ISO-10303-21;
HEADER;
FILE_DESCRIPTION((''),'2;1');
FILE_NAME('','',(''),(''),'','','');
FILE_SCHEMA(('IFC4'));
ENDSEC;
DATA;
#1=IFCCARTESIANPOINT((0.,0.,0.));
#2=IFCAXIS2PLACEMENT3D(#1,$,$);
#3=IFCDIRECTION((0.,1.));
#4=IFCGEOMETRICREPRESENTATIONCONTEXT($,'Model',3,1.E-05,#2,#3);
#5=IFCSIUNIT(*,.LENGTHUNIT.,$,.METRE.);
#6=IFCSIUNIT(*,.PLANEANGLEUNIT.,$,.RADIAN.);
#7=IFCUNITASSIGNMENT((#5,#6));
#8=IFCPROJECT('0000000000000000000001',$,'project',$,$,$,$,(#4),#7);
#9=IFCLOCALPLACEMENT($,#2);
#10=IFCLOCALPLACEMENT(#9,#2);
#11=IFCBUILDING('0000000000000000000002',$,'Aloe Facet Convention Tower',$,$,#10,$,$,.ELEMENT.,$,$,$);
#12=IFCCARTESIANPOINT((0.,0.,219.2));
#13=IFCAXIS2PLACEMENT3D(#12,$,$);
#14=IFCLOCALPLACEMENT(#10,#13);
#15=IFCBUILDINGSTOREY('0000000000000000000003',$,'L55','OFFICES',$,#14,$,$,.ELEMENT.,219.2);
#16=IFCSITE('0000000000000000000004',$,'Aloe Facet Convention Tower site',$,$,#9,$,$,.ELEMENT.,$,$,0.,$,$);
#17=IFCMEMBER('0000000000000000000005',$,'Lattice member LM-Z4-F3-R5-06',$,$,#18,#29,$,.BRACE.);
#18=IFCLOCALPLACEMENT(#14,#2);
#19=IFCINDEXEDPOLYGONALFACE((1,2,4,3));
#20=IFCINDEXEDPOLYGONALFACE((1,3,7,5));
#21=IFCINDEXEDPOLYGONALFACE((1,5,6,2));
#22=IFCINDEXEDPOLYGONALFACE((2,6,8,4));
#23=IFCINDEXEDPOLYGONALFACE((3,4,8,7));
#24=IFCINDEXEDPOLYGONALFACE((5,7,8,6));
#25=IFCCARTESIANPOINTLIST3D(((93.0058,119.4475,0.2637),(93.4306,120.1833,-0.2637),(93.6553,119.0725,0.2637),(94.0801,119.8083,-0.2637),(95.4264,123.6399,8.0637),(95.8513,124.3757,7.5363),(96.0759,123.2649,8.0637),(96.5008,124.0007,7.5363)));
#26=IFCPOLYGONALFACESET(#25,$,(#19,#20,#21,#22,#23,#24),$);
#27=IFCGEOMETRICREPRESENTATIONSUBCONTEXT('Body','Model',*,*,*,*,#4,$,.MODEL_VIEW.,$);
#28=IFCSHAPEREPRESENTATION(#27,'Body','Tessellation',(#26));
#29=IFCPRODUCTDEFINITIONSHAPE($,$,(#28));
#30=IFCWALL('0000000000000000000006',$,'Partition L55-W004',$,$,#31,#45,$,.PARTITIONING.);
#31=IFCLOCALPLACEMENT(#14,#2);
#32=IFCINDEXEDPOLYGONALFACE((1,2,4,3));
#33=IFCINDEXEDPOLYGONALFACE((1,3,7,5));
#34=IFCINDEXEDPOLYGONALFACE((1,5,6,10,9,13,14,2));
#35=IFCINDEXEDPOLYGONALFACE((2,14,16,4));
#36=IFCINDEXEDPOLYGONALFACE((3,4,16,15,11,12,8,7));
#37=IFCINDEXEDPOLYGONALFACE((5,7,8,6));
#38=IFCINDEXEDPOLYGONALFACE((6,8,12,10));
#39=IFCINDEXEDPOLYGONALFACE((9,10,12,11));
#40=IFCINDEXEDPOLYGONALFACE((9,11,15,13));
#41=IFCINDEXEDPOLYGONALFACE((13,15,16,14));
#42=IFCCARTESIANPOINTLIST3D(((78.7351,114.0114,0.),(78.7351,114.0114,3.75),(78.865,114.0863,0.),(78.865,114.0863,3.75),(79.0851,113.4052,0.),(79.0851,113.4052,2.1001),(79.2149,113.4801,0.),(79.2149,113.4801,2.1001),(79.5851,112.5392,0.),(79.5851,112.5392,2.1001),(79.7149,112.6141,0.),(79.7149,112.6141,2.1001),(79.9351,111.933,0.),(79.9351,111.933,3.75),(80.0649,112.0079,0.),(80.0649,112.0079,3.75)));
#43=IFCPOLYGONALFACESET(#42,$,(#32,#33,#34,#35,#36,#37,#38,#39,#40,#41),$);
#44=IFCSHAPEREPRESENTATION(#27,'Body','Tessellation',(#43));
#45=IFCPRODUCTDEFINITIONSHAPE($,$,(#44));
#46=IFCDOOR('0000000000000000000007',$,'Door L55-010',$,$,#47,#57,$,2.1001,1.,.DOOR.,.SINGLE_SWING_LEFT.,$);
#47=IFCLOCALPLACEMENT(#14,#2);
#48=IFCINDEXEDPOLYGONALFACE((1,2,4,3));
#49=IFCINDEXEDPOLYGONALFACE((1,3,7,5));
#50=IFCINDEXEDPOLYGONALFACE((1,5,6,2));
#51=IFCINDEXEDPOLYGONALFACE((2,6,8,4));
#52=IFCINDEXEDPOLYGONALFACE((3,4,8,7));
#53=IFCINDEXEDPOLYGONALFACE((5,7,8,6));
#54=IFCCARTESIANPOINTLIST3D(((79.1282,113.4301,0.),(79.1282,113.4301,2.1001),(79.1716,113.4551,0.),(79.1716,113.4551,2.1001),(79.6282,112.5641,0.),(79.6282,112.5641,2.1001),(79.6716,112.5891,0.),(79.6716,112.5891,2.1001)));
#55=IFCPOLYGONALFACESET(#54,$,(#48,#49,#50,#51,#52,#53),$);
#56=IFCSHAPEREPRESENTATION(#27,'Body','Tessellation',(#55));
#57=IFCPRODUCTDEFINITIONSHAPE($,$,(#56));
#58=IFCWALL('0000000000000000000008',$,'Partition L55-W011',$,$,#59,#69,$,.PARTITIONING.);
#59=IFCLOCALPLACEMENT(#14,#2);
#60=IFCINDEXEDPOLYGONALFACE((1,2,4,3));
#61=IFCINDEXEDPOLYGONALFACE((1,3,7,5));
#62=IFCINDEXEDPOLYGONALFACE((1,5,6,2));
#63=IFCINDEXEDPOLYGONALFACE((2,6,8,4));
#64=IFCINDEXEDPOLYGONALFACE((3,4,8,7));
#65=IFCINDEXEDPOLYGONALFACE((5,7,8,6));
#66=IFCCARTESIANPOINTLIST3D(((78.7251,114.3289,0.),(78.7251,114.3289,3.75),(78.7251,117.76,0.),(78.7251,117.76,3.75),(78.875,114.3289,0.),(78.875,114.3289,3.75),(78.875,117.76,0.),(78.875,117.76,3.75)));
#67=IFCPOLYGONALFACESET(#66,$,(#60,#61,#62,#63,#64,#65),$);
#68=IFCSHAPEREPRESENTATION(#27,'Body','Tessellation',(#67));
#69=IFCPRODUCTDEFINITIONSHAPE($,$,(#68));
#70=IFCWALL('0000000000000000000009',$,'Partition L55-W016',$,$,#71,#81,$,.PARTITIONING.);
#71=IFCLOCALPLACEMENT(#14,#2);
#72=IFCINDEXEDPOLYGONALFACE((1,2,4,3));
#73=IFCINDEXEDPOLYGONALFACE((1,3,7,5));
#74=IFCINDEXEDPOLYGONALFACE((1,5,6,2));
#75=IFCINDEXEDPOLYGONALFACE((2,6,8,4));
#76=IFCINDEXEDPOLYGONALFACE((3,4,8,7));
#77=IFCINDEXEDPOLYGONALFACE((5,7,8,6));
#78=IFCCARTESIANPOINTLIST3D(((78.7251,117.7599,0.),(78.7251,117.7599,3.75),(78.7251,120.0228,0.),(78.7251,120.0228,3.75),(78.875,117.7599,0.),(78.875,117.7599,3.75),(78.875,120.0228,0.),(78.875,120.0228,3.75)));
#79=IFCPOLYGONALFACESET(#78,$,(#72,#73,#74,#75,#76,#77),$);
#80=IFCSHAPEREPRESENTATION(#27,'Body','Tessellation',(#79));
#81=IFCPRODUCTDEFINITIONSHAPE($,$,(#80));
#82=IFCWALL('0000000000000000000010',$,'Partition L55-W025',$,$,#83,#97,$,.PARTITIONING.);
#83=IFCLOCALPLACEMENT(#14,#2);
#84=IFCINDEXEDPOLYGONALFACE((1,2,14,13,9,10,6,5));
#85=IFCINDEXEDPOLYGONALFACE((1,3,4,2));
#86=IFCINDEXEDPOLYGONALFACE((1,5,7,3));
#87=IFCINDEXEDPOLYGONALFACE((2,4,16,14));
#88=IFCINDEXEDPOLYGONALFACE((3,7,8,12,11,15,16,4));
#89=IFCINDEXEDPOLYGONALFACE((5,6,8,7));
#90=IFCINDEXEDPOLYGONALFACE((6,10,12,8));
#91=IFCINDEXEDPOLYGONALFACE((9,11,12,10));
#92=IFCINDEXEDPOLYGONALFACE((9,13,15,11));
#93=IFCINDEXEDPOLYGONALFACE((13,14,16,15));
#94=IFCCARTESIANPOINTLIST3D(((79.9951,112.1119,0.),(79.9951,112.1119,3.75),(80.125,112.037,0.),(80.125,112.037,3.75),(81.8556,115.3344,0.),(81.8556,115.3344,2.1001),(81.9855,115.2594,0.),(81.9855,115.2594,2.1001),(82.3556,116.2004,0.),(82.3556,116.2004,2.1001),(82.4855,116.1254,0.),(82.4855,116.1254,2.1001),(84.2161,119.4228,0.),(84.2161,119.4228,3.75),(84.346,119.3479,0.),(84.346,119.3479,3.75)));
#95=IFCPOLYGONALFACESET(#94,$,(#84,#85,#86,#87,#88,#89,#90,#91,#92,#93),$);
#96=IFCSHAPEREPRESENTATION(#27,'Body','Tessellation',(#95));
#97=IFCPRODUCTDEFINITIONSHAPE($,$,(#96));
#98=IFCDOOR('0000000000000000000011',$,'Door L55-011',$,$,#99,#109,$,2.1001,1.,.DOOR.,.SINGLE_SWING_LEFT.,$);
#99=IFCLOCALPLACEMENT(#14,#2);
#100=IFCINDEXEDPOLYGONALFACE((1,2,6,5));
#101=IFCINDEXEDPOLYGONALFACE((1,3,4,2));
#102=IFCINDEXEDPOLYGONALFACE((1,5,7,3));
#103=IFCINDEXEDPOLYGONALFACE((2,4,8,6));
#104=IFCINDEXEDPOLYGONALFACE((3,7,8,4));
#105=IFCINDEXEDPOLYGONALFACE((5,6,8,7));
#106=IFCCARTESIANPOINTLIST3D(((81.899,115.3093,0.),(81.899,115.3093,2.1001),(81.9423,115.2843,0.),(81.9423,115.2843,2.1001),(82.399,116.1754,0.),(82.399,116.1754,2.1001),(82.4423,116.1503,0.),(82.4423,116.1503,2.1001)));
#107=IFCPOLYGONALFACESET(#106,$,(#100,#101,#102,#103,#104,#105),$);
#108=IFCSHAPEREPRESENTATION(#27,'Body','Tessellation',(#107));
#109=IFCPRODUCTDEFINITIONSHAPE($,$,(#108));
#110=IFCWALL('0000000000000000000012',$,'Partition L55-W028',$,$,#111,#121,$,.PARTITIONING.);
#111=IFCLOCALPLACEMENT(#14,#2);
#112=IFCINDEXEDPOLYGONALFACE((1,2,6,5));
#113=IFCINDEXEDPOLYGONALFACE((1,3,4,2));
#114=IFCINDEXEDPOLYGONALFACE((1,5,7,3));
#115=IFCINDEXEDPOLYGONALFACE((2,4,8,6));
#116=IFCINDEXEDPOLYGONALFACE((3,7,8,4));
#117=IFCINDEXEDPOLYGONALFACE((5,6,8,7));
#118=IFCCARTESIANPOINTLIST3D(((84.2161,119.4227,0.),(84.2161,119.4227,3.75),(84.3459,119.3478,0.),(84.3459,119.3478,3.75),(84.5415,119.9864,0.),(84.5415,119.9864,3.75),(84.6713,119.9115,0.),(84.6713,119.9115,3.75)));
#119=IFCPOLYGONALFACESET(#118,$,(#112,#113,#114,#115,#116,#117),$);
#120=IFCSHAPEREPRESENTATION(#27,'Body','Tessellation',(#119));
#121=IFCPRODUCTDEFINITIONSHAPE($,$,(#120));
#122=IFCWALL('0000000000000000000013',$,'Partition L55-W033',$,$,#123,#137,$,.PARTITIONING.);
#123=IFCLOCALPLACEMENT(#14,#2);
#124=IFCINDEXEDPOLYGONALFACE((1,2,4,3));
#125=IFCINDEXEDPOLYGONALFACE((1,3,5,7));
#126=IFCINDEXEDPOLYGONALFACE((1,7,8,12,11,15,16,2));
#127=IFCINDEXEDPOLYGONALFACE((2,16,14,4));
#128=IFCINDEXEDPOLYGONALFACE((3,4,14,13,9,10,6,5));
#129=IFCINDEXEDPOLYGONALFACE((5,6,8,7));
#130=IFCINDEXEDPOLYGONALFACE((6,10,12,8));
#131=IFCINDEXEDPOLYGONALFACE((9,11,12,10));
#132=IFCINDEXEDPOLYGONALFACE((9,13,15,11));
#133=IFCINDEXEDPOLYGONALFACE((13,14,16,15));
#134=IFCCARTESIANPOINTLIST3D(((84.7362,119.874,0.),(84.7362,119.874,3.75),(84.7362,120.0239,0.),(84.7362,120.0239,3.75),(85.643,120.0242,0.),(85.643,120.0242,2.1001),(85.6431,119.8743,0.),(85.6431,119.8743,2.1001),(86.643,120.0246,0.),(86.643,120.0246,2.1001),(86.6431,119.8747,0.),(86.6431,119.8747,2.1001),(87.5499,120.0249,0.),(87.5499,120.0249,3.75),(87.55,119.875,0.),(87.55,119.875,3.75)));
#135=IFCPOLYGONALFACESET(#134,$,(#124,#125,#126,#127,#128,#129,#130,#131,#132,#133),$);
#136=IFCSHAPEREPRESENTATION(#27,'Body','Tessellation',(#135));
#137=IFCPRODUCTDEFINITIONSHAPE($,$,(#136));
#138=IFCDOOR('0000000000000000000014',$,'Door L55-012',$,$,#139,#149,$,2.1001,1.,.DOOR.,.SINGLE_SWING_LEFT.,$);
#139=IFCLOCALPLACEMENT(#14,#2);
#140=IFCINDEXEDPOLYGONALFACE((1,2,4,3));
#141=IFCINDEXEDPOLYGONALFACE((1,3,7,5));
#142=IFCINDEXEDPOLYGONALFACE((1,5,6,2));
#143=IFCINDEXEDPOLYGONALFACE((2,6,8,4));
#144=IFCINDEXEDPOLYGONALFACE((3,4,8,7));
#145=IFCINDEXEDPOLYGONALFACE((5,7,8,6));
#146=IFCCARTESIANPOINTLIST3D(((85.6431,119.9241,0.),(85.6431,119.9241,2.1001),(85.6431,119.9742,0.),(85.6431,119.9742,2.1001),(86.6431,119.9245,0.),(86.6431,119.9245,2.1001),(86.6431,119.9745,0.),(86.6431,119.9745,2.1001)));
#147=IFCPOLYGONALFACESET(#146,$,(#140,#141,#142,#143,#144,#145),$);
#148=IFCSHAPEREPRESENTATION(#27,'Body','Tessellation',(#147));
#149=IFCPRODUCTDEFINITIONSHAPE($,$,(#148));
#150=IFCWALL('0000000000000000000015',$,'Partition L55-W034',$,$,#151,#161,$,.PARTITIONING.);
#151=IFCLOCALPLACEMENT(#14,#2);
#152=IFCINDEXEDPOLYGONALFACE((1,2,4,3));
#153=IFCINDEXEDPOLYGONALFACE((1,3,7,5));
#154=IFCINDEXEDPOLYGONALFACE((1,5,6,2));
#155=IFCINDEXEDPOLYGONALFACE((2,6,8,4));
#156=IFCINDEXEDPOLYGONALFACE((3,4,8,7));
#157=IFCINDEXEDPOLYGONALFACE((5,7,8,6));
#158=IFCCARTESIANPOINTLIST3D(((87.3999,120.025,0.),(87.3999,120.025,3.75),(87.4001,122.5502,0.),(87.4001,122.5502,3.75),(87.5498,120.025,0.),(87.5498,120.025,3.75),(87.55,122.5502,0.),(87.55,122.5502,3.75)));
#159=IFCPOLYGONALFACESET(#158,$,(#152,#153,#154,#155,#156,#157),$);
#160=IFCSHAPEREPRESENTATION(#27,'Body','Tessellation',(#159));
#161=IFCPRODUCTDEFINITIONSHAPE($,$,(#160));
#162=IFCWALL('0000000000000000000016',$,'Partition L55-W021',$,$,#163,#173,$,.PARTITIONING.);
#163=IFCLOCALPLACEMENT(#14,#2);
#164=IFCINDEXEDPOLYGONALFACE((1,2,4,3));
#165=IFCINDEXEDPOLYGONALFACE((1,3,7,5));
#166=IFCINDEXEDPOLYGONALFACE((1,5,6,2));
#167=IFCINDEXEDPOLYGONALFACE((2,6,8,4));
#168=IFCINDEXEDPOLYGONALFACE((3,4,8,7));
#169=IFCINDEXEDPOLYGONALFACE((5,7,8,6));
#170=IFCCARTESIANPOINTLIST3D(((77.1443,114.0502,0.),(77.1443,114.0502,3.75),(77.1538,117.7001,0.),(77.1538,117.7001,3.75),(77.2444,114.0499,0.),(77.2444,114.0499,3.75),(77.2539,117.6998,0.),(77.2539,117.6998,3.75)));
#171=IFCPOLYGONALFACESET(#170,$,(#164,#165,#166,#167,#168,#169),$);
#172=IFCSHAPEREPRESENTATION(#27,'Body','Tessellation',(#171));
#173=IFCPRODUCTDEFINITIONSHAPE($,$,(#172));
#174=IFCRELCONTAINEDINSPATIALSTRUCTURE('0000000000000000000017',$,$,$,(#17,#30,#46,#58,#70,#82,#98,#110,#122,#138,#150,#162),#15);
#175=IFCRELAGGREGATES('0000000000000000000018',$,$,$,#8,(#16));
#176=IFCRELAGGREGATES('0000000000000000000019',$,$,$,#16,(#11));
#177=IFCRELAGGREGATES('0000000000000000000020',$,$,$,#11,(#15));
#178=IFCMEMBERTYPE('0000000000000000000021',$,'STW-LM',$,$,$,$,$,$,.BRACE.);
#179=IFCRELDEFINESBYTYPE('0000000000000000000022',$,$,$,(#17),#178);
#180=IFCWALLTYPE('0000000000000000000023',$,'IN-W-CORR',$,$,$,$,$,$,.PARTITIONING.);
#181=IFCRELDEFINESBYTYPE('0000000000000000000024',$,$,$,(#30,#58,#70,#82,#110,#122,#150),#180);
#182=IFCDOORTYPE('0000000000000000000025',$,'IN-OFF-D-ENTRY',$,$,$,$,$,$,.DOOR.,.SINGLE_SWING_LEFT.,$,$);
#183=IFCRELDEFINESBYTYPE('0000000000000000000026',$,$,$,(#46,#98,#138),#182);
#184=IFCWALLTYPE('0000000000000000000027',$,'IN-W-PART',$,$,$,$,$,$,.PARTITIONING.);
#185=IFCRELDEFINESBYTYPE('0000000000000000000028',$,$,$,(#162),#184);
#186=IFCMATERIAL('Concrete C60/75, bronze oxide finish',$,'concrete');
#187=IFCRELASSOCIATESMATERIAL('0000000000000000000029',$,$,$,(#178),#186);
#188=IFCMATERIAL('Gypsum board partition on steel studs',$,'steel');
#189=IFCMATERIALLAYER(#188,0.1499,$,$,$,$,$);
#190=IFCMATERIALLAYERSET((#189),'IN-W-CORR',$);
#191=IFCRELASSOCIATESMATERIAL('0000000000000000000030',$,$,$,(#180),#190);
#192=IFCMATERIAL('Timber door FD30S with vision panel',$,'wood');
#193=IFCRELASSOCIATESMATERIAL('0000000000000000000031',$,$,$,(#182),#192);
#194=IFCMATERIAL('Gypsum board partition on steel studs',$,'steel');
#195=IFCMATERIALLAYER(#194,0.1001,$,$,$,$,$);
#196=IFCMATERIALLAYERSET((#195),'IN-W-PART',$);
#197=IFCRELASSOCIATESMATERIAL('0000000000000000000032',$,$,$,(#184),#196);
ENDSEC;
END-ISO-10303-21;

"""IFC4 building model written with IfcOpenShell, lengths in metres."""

from ifc_helpers import new_model, si_unit, direction, frame, frame_2d, origin, origin_2d, place, context, subcontext, project, spatial, rectangle, extrude, material, layer, layer_set, material_profile, profile_set, type_object, element, fill, save


model = new_model("IFC4")

# Units and contexts
model_context = context("Model", 3, precision=1e-05, world=origin(), true_north=direction((0.0, 1.0)))
body_context = subcontext(model_context, "Body", "Model", "MODEL_VIEW")
ifc_project = project(units=[si_unit("LENGTHUNIT", "METRE"), si_unit("PLANEANGLEUNIT", "RADIAN")], contexts=[model_context])

# Site, building, storey
site_placement = place(None, origin())
site = spatial("IfcSite", under=ifc_project, at=site_placement, Name="Aloe Facet Convention Tower site", CompositionType="ELEMENT", RefElevation=0.0)
building_placement = place(site_placement, origin())
building = spatial("IfcBuilding", under=site, at=building_placement, Name="Aloe Facet Convention Tower", CompositionType="ELEMENT")
storey_placement = place(building_placement, frame((0.0, 0.0, 219.2)))
storey = spatial("IfcBuildingStorey", under=building, at=storey_placement, Name="L55", Description="OFFICES", CompositionType="ELEMENT", Elevation=219.2)

# Member
ifc_material_1 = material(Name="Concrete C60/75, bronze oxide finish", Category="concrete")
ifc_material_profile_1 = material_profile(ifc_material_1, rectangle(XDim=0.75, YDim=1.0, at=origin_2d()), Name="STW-LM")
ifc_profile_set_1 = profile_set([ifc_material_profile_1], Name="Concrete C60/75, bronze oxide finish")
member_type_1 = type_object("IfcMemberType", Name="STW-LM", PredefinedType="BRACE", material=ifc_profile_set_1)
for number, where, z_axis, x_axis, name in (
    (1, (93.543, 119.6279, 0.0), (0.263682, 0.456676, 0.849658), (-0.866009, 0.500028, 0.0), "Lattice member LM-Z4-F3-R5-06"),
):
    element("IfcMember", number, at=place(storey_placement, frame(where, z_axis=z_axis, x_axis=x_axis)), inside=storey, type_object=member_type_1, Name=name, PredefinedType="BRACE", context=body_context, shape_type="SweptSolid", body=[
        extrude(rectangle(XDim=0.75, YDim=1.0, at=origin_2d()), origin(), (0.0, 0.0, 1.0), 9.1802),
    ])

# Wall, opening, door
ifc_material_2 = material(Name="Gypsum board partition on steel studs", Category="steel")
ifc_layer_1 = layer(ifc_material_2, 0.1499)
ifc_layer_set_1 = layer_set([ifc_layer_1], Name="IN-W-CORR")
wall_type_1 = type_object("IfcWallType", Name="IN-W-CORR", PredefinedType="PARTITIONING", material=ifc_layer_set_1)
wall_1_placement = place(storey_placement, frame((78.8, 114.0488, 0.0), z_axis=(0.0, 0.0, 1.0), x_axis=(0.500001, -0.866025, 0.0)))
wall_1 = element("IfcWall", 2, at=wall_1_placement, inside=storey, type_object=wall_type_1, Name="Partition L55-W004", PredefinedType="PARTITIONING", context=body_context, shape_type="SweptSolid", body=[
    extrude(rectangle(XDim=2.3999, YDim=0.1499, at=frame_2d((1.2, 0.0))), origin(), (0.0, 0.0, 1.0), 3.75),
])
opening_1_placement = place(wall_1_placement, frame((0.7, 0.0, 0.0)))
opening_1 = element("IfcOpeningElement", 3, at=opening_1_placement, cuts=wall_1, PredefinedType="OPENING", context=body_context, shape_type="SweptSolid", body=[
    extrude(rectangle(XDim=1.0, YDim=2.1001, at=frame_2d((0.5, 1.05))), frame((0.0, 0.085, 0.0), z_axis=(0.0, -1.0, 0.0), x_axis=(1.0, 0.0, 0.0)), (0.0, 0.0, 1.0), 0.1699),
])
ifc_material_3 = material(Name="Timber door FD30S with vision panel", Category="wood")
door_type_1 = type_object("IfcDoorType", Name="IN-OFF-D-ENTRY", OperationType="SINGLE_SWING_LEFT", PredefinedType="DOOR", material=ifc_material_3)
door_1_placement = place(opening_1_placement, origin())
door_1 = element("IfcDoor", 4, at=door_1_placement, inside=storey, type_object=door_type_1, Name="Door L55-010", OperationType="SINGLE_SWING_LEFT", OverallHeight=2.1001, OverallWidth=1.0, PredefinedType="DOOR", context=body_context, shape_type="SweptSolid", body=[
    extrude(rectangle(XDim=1.0, YDim=2.1001, at=frame_2d((0.5, 1.05))), frame((0.0, 0.0249, 0.0), z_axis=(0.0, -1.0, 0.0), x_axis=(1.0, 0.0, 0.0)), (0.0, 0.0, 1.0), 0.05),
])
fill(opening_1, door_1)

# Walls
wall_2_placement = place(storey_placement, frame((78.8, 114.3289, 0.0), z_axis=(0.0, 0.0, 1.0), x_axis=(0.0, 1.0, 0.0)))
element("IfcWall", 5, at=wall_2_placement, inside=storey, type_object=wall_type_1, Name="Partition L55-W011", PredefinedType="PARTITIONING", context=body_context, shape_type="SweptSolid", body=[
    extrude(rectangle(XDim=3.4312, YDim=0.1499, at=frame_2d((1.7156, 0.0))), origin(), (0.0, 0.0, 1.0), 3.75),
])
wall_3_placement = place(storey_placement, frame((78.8, 117.76, 0.0), z_axis=(0.0, 0.0, 1.0), x_axis=(0.0, 1.0, 0.0)))
element("IfcWall", 6, at=wall_3_placement, inside=storey, type_object=wall_type_1, Name="Partition L55-W016", PredefinedType="PARTITIONING", context=body_context, shape_type="SweptSolid", body=[
    extrude(rectangle(XDim=2.2629, YDim=0.1499, at=frame_2d((1.1313, 0.0))), origin(), (0.0, 0.0, 1.0), 3.75),
])

# Wall, opening, door
wall_4_placement = place(storey_placement, frame((80.0601, 112.0745, 0.0), z_axis=(0.0, 0.0, 1.0), x_axis=(0.500005, 0.866022, 0.0)))
wall_4 = element("IfcWall", 7, at=wall_4_placement, inside=storey, type_object=wall_type_1, Name="Partition L55-W025", PredefinedType="PARTITIONING", context=body_context, shape_type="SweptSolid", body=[
    extrude(rectangle(XDim=8.4419, YDim=0.1499, at=frame_2d((4.2209, 0.0))), origin(), (0.0, 0.0, 1.0), 3.75),
])
opening_2_placement = place(wall_4_placement, frame((3.7209, 0.0, 0.0)))
opening_2 = element("IfcOpeningElement", 8, at=opening_2_placement, cuts=wall_4, PredefinedType="OPENING", context=body_context, shape_type="SweptSolid", body=[
    extrude(rectangle(XDim=1.0, YDim=2.1001, at=frame_2d((0.5, 1.05))), frame((0.0, 0.085, 0.0), z_axis=(0.0, -1.0, 0.0), x_axis=(1.0, 0.0, 0.0)), (0.0, 0.0, 1.0), 0.1699),
])
door_2_placement = place(opening_2_placement, origin())
door_2 = element("IfcDoor", 9, at=door_2_placement, inside=storey, type_object=door_type_1, Name="Door L55-011", OperationType="SINGLE_SWING_LEFT", OverallHeight=2.1001, OverallWidth=1.0, PredefinedType="DOOR", context=body_context, shape_type="SweptSolid", body=[
    extrude(rectangle(XDim=1.0, YDim=2.1001, at=frame_2d((0.5, 1.05))), frame((0.0, 0.0249, 0.0), z_axis=(0.0, -1.0, 0.0), x_axis=(1.0, 0.0, 0.0)), (0.0, 0.0, 1.0), 0.05),
])
fill(opening_2, door_2)

# Wall
wall_5_placement = place(storey_placement, frame((84.281, 119.3853, 0.0), z_axis=(0.0, 0.0, 1.0), x_axis=(0.499971, 0.866042, 0.0)))
element("IfcWall", 10, at=wall_5_placement, inside=storey, type_object=wall_type_1, Name="Partition L55-W028", PredefinedType="PARTITIONING", context=body_context, shape_type="SweptSolid", body=[
    extrude(rectangle(XDim=0.6509, YDim=0.1499, at=frame_2d((0.3254, 0.0))), origin(), (0.0, 0.0, 1.0), 3.75),
])

# Wall, opening, door
wall_6_placement = place(storey_placement, frame((84.7363, 119.949, 0.0), z_axis=(0.0, 0.0, 1.0), x_axis=(1.0, 0.000347, 0.0)))
wall_6 = element("IfcWall", 11, at=wall_6_placement, inside=storey, type_object=wall_type_1, Name="Partition L55-W033", PredefinedType="PARTITIONING", context=body_context, shape_type="SweptSolid", body=[
    extrude(rectangle(XDim=2.8137, YDim=0.1499, at=frame_2d((1.4067, 0.0))), origin(), (0.0, 0.0, 1.0), 3.75),
])
opening_3_placement = place(wall_6_placement, frame((0.9067, 0.0, 0.0)))
opening_3 = element("IfcOpeningElement", 12, at=opening_3_placement, cuts=wall_6, PredefinedType="OPENING", context=body_context, shape_type="SweptSolid", body=[
    extrude(rectangle(XDim=1.0, YDim=2.1001, at=frame_2d((0.5, 1.05))), frame((0.0, 0.085, 0.0), z_axis=(0.0, -1.0, 0.0), x_axis=(1.0, 0.0, 0.0)), (0.0, 0.0, 1.0), 0.1699),
])
door_3_placement = place(opening_3_placement, origin())
door_3 = element("IfcDoor", 13, at=door_3_placement, inside=storey, type_object=door_type_1, Name="Door L55-012", OperationType="SINGLE_SWING_LEFT", OverallHeight=2.1001, OverallWidth=1.0, PredefinedType="DOOR", context=body_context, shape_type="SweptSolid", body=[
    extrude(rectangle(XDim=1.0, YDim=2.1001, at=frame_2d((0.5, 1.05))), frame((0.0, 0.0249, 0.0), z_axis=(0.0, -1.0, 0.0), x_axis=(1.0, 0.0, 0.0)), (0.0, 0.0, 1.0), 0.05),
])
fill(opening_3, door_3)

# Walls
wall_7_placement = place(storey_placement, frame((87.4749, 120.0249, 0.0), z_axis=(0.0, 0.0, 1.0), x_axis=(0.000097, 1.0, 0.0)))
element("IfcWall", 14, at=wall_7_placement, inside=storey, type_object=wall_type_1, Name="Partition L55-W034", PredefinedType="PARTITIONING", context=body_context, shape_type="SweptSolid", body=[
    extrude(rectangle(XDim=2.5251, YDim=0.1499, at=frame_2d((1.2627, 0.0))), origin(), (0.0, 0.0, 1.0), 3.75),
])
ifc_material_4 = material(Name="Gypsum board partition on steel studs", Category="steel")
ifc_layer_2 = layer(ifc_material_4, 0.1001)
ifc_layer_set_2 = layer_set([ifc_layer_2], Name="IN-W-PART")
wall_type_2 = type_object("IfcWallType", Name="IN-W-PART", PredefinedType="PARTITIONING", material=ifc_layer_set_2)
wall_8_placement = place(storey_placement, frame((77.1943, 114.05, 0.0), z_axis=(0.0, 0.0, 1.0), x_axis=(0.002609, 0.999997, 0.0)))
element("IfcWall", 15, at=wall_8_placement, inside=storey, type_object=wall_type_2, Name="Partition L55-W021", PredefinedType="PARTITIONING", context=body_context, shape_type="SweptSolid", body=[
    extrude(rectangle(XDim=3.6499, YDim=0.1001, at=frame_2d((1.825, 0.0))), origin(), (0.0, 0.0, 1.0), 3.75),
])

save(model, "model.ifc")
